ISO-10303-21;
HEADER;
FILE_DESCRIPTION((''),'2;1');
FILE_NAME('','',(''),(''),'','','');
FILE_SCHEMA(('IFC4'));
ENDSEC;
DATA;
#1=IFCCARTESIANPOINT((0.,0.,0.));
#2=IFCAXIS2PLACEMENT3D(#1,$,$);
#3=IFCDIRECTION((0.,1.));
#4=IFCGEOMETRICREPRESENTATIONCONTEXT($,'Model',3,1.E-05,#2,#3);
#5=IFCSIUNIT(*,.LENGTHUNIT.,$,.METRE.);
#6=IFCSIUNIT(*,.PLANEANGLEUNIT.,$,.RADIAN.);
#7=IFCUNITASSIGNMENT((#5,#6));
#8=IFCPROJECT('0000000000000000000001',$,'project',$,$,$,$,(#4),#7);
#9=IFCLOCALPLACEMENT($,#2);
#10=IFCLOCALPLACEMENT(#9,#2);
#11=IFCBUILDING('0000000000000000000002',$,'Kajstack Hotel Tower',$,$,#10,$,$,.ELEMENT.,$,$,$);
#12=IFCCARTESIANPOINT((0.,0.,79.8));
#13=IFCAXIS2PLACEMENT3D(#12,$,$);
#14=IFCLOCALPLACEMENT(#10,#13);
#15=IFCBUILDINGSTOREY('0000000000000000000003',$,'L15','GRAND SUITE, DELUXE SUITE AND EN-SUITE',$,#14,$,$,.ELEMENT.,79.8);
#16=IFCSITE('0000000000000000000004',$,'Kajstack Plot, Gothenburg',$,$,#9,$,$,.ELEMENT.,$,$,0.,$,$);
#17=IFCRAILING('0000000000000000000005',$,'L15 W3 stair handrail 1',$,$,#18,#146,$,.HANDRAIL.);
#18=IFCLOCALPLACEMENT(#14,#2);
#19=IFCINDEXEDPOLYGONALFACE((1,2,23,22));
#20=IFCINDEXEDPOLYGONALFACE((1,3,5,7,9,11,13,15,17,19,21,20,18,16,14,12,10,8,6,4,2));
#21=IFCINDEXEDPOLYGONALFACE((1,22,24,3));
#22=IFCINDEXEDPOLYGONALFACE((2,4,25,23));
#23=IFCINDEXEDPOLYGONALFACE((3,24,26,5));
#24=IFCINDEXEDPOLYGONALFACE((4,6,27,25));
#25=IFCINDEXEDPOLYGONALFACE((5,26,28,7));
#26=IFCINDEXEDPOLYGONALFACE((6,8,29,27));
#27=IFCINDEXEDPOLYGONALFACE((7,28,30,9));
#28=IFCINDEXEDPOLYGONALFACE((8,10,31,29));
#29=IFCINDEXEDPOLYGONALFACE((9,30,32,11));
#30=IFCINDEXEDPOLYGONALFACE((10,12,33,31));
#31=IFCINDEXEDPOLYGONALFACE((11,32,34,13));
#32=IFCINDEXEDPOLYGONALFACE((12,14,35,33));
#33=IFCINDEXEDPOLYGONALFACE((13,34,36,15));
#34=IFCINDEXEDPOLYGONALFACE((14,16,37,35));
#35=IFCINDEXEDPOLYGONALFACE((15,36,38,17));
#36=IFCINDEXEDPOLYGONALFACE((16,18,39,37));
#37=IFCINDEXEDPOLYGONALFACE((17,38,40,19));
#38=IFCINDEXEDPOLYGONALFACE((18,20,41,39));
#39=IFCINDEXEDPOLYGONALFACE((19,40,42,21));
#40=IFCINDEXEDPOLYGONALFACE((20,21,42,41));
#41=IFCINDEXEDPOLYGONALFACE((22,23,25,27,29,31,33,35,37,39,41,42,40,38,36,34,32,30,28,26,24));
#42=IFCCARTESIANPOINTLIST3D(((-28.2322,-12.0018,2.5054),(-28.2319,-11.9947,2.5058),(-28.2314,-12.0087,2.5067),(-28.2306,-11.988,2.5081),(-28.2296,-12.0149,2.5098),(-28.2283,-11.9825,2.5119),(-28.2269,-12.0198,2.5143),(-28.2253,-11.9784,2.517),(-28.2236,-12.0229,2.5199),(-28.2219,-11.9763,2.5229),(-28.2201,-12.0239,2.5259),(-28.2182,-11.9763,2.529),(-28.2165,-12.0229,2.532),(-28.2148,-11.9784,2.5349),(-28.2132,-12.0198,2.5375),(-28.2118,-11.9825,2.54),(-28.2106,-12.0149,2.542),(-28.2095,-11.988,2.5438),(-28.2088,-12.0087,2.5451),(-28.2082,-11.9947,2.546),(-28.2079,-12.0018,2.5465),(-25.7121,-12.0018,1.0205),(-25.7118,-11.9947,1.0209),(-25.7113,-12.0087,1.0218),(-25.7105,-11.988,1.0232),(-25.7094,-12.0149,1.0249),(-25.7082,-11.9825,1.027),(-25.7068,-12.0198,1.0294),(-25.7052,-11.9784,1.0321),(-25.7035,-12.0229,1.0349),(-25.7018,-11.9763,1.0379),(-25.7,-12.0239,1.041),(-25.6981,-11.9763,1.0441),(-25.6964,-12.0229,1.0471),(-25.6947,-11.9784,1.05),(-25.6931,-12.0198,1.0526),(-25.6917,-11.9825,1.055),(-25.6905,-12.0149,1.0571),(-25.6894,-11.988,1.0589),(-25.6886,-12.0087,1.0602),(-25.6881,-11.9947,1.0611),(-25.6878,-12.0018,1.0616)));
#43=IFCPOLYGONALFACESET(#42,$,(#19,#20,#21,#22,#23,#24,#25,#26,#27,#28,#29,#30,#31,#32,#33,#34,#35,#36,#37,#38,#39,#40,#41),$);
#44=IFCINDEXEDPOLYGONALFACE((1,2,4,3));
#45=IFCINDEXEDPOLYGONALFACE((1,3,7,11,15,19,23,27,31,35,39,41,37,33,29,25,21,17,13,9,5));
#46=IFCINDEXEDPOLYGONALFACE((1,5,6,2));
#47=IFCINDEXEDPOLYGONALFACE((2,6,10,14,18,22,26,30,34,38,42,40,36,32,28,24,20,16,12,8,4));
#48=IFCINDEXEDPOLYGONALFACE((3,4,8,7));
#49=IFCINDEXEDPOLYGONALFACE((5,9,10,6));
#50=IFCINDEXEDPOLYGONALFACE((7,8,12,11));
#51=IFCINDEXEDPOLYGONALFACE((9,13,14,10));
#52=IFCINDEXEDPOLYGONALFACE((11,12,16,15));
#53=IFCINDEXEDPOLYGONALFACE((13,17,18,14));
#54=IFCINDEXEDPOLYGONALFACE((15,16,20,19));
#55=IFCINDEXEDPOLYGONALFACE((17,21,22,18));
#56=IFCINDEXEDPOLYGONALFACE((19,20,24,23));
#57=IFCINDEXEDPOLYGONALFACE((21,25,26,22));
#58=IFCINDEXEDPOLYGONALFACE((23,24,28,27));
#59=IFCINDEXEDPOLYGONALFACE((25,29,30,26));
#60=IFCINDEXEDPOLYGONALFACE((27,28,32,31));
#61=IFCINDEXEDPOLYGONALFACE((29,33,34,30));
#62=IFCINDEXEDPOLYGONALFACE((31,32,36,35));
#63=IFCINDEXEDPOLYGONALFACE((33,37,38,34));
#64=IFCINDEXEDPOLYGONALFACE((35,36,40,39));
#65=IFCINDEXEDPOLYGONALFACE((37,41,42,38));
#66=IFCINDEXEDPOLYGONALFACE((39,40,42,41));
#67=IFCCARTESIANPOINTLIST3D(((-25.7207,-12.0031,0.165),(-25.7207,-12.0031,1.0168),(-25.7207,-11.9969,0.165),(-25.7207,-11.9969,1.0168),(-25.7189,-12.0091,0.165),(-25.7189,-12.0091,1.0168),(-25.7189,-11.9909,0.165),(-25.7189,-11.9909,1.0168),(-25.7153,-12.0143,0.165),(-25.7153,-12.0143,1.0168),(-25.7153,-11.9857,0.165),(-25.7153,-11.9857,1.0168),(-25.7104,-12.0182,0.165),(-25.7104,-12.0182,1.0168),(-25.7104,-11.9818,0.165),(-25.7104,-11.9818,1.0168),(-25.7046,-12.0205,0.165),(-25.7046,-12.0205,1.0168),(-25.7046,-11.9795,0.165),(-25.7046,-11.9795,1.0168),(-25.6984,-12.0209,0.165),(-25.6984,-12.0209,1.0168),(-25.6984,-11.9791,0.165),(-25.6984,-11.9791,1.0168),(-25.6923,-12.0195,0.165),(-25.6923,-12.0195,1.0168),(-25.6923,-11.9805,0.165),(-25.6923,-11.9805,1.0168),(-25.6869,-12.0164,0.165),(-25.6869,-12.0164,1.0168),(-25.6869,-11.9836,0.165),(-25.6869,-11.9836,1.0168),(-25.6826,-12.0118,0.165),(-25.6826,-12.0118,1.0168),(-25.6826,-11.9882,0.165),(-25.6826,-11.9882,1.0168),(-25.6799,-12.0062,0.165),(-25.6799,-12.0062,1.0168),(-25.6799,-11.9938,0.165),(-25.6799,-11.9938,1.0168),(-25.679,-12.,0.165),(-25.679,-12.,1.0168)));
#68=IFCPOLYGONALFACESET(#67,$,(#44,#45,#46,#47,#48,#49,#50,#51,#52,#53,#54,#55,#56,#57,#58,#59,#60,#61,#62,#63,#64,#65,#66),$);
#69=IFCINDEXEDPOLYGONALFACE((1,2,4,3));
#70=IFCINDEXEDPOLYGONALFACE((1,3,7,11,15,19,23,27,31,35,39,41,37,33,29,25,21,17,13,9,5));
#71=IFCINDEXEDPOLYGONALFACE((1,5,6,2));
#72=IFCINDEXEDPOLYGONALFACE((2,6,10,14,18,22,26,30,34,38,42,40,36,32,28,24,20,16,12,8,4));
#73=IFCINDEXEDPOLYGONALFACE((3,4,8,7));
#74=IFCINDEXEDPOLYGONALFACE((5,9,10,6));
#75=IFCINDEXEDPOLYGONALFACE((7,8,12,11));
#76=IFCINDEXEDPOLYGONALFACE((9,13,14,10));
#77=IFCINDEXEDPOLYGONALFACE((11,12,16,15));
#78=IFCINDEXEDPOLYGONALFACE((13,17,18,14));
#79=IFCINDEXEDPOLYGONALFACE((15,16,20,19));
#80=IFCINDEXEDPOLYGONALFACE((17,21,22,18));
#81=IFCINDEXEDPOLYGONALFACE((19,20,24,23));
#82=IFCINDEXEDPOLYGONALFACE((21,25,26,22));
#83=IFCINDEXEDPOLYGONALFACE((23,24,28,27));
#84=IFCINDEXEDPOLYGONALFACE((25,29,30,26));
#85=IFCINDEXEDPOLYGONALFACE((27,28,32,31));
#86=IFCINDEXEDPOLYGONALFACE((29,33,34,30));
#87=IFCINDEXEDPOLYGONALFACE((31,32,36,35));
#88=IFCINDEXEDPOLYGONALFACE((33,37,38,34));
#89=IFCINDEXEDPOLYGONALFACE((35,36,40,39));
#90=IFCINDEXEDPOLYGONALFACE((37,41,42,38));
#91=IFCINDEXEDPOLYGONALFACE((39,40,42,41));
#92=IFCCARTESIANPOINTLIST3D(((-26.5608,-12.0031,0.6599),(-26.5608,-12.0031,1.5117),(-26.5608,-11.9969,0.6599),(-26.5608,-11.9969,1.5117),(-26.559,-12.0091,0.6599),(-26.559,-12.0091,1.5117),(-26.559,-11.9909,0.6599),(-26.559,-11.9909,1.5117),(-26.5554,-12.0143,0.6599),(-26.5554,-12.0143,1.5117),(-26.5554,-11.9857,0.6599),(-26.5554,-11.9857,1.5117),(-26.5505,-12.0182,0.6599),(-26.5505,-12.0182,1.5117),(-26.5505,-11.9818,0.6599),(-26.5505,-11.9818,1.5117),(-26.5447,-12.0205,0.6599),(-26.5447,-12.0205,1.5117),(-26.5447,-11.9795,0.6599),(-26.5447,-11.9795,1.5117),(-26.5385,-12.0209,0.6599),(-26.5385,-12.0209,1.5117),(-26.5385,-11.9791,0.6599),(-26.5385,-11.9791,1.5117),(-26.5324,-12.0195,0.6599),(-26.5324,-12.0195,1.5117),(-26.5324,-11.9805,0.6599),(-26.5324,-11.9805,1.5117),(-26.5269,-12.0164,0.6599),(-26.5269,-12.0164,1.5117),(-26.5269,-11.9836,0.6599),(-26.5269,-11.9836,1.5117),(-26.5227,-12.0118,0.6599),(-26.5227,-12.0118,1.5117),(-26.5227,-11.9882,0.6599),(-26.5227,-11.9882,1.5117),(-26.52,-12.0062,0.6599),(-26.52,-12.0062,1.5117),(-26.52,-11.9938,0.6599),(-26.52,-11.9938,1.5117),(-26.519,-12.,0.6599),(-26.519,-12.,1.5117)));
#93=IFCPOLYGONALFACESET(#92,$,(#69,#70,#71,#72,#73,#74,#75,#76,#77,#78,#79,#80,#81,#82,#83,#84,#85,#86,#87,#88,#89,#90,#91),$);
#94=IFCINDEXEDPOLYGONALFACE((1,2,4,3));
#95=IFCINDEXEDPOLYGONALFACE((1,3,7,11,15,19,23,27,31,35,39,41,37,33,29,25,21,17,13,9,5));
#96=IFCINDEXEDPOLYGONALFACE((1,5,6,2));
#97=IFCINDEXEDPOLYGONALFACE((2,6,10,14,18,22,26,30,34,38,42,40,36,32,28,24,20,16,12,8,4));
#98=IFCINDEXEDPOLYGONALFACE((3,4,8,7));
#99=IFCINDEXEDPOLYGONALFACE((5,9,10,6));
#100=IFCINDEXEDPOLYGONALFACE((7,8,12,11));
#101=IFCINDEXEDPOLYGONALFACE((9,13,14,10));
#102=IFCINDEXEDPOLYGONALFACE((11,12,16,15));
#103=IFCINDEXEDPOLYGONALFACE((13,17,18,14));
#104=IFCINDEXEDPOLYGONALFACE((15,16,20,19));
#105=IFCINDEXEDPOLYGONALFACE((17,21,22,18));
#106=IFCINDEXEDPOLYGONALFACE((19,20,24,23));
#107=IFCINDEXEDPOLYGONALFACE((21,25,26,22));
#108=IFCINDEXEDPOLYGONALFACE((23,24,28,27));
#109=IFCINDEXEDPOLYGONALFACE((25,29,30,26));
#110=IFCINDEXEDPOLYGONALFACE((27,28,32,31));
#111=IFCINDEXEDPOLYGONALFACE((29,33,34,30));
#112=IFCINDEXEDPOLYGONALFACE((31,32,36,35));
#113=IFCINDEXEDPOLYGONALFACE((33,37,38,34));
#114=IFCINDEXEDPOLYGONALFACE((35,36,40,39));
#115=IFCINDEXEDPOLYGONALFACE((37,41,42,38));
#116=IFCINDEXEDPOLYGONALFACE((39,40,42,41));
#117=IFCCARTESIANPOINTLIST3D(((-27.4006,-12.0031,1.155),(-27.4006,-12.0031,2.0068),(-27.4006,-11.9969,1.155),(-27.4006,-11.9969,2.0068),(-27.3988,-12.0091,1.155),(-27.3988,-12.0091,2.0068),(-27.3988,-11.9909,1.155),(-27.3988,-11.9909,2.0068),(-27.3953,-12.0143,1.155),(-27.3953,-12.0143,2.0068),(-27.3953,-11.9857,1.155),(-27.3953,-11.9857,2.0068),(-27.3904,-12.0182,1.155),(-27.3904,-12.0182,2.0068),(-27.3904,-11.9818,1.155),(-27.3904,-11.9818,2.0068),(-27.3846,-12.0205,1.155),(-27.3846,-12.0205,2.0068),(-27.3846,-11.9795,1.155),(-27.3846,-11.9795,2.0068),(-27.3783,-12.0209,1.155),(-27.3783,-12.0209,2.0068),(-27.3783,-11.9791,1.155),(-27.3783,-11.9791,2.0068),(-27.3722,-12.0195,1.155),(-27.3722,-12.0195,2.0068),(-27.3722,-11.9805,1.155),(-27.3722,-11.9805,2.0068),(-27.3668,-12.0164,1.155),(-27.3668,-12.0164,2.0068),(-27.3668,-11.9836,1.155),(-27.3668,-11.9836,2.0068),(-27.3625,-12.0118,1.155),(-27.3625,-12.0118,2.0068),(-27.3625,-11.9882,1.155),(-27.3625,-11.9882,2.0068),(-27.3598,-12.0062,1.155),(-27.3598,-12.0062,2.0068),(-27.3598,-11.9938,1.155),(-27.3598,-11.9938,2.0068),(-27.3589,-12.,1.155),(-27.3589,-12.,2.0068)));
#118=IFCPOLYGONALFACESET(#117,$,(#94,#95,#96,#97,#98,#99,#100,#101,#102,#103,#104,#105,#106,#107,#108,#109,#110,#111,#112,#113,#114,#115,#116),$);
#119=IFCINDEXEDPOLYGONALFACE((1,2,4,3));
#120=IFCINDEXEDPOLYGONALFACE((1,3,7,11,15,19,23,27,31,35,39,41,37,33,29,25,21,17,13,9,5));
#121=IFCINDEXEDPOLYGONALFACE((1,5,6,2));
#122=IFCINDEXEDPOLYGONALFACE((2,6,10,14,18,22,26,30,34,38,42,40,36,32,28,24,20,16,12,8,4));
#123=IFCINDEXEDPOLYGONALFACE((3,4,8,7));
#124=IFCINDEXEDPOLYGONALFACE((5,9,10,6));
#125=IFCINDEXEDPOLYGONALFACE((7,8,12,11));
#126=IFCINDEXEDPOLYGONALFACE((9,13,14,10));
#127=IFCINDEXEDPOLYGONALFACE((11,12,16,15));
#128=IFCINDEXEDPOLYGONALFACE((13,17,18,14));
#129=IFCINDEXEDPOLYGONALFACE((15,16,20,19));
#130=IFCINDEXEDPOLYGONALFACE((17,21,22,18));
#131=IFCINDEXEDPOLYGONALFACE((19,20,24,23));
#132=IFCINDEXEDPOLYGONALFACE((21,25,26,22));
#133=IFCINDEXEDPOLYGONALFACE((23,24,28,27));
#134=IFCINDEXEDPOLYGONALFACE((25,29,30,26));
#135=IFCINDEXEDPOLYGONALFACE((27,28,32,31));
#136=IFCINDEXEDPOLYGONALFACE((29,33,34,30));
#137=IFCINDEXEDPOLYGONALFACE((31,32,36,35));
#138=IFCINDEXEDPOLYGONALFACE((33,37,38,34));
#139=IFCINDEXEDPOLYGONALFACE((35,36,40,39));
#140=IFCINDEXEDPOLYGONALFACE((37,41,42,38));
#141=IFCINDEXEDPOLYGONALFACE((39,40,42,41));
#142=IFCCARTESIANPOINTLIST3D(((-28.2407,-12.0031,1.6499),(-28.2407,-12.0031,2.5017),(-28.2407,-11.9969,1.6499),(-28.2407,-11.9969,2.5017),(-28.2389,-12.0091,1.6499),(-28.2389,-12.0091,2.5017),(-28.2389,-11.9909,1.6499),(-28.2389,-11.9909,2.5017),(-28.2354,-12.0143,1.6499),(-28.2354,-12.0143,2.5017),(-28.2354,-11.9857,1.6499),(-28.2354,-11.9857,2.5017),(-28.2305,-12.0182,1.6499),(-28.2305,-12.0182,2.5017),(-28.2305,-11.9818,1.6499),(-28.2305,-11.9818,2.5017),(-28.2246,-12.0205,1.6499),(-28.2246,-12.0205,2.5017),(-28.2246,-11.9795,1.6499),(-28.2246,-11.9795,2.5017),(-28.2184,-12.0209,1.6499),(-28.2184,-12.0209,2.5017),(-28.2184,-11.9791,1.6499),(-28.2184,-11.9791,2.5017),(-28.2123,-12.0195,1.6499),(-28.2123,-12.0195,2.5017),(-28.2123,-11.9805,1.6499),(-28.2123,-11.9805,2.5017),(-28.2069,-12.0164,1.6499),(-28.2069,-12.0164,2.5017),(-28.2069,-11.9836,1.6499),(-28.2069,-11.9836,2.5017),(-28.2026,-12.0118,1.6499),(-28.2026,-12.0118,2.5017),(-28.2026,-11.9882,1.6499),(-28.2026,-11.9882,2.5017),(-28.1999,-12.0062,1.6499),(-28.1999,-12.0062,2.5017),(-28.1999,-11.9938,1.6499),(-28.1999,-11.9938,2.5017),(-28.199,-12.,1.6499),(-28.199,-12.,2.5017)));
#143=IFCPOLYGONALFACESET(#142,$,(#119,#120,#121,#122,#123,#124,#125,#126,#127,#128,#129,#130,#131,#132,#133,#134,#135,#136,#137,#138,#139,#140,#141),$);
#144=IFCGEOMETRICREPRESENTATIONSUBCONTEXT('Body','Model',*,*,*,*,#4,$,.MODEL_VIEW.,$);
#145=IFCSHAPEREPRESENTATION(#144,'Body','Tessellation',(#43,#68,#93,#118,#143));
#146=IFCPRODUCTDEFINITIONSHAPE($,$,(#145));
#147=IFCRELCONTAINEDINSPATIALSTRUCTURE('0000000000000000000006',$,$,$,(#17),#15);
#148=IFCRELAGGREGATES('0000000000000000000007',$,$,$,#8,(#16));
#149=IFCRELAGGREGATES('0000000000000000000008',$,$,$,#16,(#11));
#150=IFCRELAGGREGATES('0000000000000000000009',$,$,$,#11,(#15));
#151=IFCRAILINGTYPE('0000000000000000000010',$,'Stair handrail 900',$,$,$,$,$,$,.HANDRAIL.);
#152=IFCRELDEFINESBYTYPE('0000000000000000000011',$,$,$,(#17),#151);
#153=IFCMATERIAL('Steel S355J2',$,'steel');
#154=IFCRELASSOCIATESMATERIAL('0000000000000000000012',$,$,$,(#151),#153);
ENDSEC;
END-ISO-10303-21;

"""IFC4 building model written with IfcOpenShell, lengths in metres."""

from ifc_helpers import new_model, si_unit, direction, frame, origin, origin_2d, place, context, subcontext, project, spatial, circle, extrude, material, type_object, element, save


model = new_model("IFC4")

# Units and contexts
model_context = context("Model", 3, precision=1e-05, world=origin(), true_north=direction((0.0, 1.0)))
body_context = subcontext(model_context, "Body", "Model", "MODEL_VIEW")
ifc_project = project(units=[si_unit("LENGTHUNIT", "METRE"), si_unit("PLANEANGLEUNIT", "RADIAN")], contexts=[model_context])

# Site, building, storey
site_placement = place(None, origin())
site = spatial("IfcSite", under=ifc_project, at=site_placement, Name="Kajstack Plot, Gothenburg", CompositionType="ELEMENT", RefElevation=0.0)
building_placement = place(site_placement, origin())
building = spatial("IfcBuilding", under=site, at=building_placement, Name="Kajstack Hotel Tower", CompositionType="ELEMENT")
storey_placement = place(building_placement, frame((0.0, 0.0, 79.8)))
storey = spatial("IfcBuildingStorey", under=building, at=storey_placement, Name="L15", Description="GRAND SUITE, DELUXE SUITE AND EN-SUITE", CompositionType="ELEMENT", Elevation=79.8)

# Railing
ifc_material_1 = material(Name="Steel S355J2", Category="steel")
railing_type = type_object("IfcRailingType", Name="Stair handrail 900", PredefinedType="HANDRAIL", material=ifc_material_1)
railing_1_placement = place(storey_placement, frame((-25.7, -12.0, 0.165)))
element("IfcRailing", 1, at=railing_1_placement, inside=storey, type_object=railing_type, Name="L15 W3 stair handrail 1", PredefinedType="HANDRAIL", context=body_context, shape_type="SweptSolid", body=[
    extrude(circle(Radius=0.0239, at=origin_2d()), frame((0.0, 0.0, 0.876), z_axis=(-0.861561, 0.0, 0.507655), x_axis=(0.0, -1.0, 0.0)), (0.0, 0.0, 1.0), 2.925),
    extrude(circle(Radius=0.021, at=origin_2d()), origin(), (0.0, 0.0, 1.0), 0.8518),
    extrude(circle(Radius=0.021, at=origin_2d()), frame((-0.8401, 0.0, 0.4949)), (0.0, 0.0, 1.0), 0.8518),
    extrude(circle(Radius=0.021, at=origin_2d()), frame((-1.6799, 0.0, 0.99)), (0.0, 0.0, 1.0), 0.8518),
    extrude(circle(Radius=0.021, at=origin_2d()), frame((-2.52, 0.0, 1.4849)), (0.0, 0.0, 1.0), 0.8518),
])

save(model, "model.ifc")
